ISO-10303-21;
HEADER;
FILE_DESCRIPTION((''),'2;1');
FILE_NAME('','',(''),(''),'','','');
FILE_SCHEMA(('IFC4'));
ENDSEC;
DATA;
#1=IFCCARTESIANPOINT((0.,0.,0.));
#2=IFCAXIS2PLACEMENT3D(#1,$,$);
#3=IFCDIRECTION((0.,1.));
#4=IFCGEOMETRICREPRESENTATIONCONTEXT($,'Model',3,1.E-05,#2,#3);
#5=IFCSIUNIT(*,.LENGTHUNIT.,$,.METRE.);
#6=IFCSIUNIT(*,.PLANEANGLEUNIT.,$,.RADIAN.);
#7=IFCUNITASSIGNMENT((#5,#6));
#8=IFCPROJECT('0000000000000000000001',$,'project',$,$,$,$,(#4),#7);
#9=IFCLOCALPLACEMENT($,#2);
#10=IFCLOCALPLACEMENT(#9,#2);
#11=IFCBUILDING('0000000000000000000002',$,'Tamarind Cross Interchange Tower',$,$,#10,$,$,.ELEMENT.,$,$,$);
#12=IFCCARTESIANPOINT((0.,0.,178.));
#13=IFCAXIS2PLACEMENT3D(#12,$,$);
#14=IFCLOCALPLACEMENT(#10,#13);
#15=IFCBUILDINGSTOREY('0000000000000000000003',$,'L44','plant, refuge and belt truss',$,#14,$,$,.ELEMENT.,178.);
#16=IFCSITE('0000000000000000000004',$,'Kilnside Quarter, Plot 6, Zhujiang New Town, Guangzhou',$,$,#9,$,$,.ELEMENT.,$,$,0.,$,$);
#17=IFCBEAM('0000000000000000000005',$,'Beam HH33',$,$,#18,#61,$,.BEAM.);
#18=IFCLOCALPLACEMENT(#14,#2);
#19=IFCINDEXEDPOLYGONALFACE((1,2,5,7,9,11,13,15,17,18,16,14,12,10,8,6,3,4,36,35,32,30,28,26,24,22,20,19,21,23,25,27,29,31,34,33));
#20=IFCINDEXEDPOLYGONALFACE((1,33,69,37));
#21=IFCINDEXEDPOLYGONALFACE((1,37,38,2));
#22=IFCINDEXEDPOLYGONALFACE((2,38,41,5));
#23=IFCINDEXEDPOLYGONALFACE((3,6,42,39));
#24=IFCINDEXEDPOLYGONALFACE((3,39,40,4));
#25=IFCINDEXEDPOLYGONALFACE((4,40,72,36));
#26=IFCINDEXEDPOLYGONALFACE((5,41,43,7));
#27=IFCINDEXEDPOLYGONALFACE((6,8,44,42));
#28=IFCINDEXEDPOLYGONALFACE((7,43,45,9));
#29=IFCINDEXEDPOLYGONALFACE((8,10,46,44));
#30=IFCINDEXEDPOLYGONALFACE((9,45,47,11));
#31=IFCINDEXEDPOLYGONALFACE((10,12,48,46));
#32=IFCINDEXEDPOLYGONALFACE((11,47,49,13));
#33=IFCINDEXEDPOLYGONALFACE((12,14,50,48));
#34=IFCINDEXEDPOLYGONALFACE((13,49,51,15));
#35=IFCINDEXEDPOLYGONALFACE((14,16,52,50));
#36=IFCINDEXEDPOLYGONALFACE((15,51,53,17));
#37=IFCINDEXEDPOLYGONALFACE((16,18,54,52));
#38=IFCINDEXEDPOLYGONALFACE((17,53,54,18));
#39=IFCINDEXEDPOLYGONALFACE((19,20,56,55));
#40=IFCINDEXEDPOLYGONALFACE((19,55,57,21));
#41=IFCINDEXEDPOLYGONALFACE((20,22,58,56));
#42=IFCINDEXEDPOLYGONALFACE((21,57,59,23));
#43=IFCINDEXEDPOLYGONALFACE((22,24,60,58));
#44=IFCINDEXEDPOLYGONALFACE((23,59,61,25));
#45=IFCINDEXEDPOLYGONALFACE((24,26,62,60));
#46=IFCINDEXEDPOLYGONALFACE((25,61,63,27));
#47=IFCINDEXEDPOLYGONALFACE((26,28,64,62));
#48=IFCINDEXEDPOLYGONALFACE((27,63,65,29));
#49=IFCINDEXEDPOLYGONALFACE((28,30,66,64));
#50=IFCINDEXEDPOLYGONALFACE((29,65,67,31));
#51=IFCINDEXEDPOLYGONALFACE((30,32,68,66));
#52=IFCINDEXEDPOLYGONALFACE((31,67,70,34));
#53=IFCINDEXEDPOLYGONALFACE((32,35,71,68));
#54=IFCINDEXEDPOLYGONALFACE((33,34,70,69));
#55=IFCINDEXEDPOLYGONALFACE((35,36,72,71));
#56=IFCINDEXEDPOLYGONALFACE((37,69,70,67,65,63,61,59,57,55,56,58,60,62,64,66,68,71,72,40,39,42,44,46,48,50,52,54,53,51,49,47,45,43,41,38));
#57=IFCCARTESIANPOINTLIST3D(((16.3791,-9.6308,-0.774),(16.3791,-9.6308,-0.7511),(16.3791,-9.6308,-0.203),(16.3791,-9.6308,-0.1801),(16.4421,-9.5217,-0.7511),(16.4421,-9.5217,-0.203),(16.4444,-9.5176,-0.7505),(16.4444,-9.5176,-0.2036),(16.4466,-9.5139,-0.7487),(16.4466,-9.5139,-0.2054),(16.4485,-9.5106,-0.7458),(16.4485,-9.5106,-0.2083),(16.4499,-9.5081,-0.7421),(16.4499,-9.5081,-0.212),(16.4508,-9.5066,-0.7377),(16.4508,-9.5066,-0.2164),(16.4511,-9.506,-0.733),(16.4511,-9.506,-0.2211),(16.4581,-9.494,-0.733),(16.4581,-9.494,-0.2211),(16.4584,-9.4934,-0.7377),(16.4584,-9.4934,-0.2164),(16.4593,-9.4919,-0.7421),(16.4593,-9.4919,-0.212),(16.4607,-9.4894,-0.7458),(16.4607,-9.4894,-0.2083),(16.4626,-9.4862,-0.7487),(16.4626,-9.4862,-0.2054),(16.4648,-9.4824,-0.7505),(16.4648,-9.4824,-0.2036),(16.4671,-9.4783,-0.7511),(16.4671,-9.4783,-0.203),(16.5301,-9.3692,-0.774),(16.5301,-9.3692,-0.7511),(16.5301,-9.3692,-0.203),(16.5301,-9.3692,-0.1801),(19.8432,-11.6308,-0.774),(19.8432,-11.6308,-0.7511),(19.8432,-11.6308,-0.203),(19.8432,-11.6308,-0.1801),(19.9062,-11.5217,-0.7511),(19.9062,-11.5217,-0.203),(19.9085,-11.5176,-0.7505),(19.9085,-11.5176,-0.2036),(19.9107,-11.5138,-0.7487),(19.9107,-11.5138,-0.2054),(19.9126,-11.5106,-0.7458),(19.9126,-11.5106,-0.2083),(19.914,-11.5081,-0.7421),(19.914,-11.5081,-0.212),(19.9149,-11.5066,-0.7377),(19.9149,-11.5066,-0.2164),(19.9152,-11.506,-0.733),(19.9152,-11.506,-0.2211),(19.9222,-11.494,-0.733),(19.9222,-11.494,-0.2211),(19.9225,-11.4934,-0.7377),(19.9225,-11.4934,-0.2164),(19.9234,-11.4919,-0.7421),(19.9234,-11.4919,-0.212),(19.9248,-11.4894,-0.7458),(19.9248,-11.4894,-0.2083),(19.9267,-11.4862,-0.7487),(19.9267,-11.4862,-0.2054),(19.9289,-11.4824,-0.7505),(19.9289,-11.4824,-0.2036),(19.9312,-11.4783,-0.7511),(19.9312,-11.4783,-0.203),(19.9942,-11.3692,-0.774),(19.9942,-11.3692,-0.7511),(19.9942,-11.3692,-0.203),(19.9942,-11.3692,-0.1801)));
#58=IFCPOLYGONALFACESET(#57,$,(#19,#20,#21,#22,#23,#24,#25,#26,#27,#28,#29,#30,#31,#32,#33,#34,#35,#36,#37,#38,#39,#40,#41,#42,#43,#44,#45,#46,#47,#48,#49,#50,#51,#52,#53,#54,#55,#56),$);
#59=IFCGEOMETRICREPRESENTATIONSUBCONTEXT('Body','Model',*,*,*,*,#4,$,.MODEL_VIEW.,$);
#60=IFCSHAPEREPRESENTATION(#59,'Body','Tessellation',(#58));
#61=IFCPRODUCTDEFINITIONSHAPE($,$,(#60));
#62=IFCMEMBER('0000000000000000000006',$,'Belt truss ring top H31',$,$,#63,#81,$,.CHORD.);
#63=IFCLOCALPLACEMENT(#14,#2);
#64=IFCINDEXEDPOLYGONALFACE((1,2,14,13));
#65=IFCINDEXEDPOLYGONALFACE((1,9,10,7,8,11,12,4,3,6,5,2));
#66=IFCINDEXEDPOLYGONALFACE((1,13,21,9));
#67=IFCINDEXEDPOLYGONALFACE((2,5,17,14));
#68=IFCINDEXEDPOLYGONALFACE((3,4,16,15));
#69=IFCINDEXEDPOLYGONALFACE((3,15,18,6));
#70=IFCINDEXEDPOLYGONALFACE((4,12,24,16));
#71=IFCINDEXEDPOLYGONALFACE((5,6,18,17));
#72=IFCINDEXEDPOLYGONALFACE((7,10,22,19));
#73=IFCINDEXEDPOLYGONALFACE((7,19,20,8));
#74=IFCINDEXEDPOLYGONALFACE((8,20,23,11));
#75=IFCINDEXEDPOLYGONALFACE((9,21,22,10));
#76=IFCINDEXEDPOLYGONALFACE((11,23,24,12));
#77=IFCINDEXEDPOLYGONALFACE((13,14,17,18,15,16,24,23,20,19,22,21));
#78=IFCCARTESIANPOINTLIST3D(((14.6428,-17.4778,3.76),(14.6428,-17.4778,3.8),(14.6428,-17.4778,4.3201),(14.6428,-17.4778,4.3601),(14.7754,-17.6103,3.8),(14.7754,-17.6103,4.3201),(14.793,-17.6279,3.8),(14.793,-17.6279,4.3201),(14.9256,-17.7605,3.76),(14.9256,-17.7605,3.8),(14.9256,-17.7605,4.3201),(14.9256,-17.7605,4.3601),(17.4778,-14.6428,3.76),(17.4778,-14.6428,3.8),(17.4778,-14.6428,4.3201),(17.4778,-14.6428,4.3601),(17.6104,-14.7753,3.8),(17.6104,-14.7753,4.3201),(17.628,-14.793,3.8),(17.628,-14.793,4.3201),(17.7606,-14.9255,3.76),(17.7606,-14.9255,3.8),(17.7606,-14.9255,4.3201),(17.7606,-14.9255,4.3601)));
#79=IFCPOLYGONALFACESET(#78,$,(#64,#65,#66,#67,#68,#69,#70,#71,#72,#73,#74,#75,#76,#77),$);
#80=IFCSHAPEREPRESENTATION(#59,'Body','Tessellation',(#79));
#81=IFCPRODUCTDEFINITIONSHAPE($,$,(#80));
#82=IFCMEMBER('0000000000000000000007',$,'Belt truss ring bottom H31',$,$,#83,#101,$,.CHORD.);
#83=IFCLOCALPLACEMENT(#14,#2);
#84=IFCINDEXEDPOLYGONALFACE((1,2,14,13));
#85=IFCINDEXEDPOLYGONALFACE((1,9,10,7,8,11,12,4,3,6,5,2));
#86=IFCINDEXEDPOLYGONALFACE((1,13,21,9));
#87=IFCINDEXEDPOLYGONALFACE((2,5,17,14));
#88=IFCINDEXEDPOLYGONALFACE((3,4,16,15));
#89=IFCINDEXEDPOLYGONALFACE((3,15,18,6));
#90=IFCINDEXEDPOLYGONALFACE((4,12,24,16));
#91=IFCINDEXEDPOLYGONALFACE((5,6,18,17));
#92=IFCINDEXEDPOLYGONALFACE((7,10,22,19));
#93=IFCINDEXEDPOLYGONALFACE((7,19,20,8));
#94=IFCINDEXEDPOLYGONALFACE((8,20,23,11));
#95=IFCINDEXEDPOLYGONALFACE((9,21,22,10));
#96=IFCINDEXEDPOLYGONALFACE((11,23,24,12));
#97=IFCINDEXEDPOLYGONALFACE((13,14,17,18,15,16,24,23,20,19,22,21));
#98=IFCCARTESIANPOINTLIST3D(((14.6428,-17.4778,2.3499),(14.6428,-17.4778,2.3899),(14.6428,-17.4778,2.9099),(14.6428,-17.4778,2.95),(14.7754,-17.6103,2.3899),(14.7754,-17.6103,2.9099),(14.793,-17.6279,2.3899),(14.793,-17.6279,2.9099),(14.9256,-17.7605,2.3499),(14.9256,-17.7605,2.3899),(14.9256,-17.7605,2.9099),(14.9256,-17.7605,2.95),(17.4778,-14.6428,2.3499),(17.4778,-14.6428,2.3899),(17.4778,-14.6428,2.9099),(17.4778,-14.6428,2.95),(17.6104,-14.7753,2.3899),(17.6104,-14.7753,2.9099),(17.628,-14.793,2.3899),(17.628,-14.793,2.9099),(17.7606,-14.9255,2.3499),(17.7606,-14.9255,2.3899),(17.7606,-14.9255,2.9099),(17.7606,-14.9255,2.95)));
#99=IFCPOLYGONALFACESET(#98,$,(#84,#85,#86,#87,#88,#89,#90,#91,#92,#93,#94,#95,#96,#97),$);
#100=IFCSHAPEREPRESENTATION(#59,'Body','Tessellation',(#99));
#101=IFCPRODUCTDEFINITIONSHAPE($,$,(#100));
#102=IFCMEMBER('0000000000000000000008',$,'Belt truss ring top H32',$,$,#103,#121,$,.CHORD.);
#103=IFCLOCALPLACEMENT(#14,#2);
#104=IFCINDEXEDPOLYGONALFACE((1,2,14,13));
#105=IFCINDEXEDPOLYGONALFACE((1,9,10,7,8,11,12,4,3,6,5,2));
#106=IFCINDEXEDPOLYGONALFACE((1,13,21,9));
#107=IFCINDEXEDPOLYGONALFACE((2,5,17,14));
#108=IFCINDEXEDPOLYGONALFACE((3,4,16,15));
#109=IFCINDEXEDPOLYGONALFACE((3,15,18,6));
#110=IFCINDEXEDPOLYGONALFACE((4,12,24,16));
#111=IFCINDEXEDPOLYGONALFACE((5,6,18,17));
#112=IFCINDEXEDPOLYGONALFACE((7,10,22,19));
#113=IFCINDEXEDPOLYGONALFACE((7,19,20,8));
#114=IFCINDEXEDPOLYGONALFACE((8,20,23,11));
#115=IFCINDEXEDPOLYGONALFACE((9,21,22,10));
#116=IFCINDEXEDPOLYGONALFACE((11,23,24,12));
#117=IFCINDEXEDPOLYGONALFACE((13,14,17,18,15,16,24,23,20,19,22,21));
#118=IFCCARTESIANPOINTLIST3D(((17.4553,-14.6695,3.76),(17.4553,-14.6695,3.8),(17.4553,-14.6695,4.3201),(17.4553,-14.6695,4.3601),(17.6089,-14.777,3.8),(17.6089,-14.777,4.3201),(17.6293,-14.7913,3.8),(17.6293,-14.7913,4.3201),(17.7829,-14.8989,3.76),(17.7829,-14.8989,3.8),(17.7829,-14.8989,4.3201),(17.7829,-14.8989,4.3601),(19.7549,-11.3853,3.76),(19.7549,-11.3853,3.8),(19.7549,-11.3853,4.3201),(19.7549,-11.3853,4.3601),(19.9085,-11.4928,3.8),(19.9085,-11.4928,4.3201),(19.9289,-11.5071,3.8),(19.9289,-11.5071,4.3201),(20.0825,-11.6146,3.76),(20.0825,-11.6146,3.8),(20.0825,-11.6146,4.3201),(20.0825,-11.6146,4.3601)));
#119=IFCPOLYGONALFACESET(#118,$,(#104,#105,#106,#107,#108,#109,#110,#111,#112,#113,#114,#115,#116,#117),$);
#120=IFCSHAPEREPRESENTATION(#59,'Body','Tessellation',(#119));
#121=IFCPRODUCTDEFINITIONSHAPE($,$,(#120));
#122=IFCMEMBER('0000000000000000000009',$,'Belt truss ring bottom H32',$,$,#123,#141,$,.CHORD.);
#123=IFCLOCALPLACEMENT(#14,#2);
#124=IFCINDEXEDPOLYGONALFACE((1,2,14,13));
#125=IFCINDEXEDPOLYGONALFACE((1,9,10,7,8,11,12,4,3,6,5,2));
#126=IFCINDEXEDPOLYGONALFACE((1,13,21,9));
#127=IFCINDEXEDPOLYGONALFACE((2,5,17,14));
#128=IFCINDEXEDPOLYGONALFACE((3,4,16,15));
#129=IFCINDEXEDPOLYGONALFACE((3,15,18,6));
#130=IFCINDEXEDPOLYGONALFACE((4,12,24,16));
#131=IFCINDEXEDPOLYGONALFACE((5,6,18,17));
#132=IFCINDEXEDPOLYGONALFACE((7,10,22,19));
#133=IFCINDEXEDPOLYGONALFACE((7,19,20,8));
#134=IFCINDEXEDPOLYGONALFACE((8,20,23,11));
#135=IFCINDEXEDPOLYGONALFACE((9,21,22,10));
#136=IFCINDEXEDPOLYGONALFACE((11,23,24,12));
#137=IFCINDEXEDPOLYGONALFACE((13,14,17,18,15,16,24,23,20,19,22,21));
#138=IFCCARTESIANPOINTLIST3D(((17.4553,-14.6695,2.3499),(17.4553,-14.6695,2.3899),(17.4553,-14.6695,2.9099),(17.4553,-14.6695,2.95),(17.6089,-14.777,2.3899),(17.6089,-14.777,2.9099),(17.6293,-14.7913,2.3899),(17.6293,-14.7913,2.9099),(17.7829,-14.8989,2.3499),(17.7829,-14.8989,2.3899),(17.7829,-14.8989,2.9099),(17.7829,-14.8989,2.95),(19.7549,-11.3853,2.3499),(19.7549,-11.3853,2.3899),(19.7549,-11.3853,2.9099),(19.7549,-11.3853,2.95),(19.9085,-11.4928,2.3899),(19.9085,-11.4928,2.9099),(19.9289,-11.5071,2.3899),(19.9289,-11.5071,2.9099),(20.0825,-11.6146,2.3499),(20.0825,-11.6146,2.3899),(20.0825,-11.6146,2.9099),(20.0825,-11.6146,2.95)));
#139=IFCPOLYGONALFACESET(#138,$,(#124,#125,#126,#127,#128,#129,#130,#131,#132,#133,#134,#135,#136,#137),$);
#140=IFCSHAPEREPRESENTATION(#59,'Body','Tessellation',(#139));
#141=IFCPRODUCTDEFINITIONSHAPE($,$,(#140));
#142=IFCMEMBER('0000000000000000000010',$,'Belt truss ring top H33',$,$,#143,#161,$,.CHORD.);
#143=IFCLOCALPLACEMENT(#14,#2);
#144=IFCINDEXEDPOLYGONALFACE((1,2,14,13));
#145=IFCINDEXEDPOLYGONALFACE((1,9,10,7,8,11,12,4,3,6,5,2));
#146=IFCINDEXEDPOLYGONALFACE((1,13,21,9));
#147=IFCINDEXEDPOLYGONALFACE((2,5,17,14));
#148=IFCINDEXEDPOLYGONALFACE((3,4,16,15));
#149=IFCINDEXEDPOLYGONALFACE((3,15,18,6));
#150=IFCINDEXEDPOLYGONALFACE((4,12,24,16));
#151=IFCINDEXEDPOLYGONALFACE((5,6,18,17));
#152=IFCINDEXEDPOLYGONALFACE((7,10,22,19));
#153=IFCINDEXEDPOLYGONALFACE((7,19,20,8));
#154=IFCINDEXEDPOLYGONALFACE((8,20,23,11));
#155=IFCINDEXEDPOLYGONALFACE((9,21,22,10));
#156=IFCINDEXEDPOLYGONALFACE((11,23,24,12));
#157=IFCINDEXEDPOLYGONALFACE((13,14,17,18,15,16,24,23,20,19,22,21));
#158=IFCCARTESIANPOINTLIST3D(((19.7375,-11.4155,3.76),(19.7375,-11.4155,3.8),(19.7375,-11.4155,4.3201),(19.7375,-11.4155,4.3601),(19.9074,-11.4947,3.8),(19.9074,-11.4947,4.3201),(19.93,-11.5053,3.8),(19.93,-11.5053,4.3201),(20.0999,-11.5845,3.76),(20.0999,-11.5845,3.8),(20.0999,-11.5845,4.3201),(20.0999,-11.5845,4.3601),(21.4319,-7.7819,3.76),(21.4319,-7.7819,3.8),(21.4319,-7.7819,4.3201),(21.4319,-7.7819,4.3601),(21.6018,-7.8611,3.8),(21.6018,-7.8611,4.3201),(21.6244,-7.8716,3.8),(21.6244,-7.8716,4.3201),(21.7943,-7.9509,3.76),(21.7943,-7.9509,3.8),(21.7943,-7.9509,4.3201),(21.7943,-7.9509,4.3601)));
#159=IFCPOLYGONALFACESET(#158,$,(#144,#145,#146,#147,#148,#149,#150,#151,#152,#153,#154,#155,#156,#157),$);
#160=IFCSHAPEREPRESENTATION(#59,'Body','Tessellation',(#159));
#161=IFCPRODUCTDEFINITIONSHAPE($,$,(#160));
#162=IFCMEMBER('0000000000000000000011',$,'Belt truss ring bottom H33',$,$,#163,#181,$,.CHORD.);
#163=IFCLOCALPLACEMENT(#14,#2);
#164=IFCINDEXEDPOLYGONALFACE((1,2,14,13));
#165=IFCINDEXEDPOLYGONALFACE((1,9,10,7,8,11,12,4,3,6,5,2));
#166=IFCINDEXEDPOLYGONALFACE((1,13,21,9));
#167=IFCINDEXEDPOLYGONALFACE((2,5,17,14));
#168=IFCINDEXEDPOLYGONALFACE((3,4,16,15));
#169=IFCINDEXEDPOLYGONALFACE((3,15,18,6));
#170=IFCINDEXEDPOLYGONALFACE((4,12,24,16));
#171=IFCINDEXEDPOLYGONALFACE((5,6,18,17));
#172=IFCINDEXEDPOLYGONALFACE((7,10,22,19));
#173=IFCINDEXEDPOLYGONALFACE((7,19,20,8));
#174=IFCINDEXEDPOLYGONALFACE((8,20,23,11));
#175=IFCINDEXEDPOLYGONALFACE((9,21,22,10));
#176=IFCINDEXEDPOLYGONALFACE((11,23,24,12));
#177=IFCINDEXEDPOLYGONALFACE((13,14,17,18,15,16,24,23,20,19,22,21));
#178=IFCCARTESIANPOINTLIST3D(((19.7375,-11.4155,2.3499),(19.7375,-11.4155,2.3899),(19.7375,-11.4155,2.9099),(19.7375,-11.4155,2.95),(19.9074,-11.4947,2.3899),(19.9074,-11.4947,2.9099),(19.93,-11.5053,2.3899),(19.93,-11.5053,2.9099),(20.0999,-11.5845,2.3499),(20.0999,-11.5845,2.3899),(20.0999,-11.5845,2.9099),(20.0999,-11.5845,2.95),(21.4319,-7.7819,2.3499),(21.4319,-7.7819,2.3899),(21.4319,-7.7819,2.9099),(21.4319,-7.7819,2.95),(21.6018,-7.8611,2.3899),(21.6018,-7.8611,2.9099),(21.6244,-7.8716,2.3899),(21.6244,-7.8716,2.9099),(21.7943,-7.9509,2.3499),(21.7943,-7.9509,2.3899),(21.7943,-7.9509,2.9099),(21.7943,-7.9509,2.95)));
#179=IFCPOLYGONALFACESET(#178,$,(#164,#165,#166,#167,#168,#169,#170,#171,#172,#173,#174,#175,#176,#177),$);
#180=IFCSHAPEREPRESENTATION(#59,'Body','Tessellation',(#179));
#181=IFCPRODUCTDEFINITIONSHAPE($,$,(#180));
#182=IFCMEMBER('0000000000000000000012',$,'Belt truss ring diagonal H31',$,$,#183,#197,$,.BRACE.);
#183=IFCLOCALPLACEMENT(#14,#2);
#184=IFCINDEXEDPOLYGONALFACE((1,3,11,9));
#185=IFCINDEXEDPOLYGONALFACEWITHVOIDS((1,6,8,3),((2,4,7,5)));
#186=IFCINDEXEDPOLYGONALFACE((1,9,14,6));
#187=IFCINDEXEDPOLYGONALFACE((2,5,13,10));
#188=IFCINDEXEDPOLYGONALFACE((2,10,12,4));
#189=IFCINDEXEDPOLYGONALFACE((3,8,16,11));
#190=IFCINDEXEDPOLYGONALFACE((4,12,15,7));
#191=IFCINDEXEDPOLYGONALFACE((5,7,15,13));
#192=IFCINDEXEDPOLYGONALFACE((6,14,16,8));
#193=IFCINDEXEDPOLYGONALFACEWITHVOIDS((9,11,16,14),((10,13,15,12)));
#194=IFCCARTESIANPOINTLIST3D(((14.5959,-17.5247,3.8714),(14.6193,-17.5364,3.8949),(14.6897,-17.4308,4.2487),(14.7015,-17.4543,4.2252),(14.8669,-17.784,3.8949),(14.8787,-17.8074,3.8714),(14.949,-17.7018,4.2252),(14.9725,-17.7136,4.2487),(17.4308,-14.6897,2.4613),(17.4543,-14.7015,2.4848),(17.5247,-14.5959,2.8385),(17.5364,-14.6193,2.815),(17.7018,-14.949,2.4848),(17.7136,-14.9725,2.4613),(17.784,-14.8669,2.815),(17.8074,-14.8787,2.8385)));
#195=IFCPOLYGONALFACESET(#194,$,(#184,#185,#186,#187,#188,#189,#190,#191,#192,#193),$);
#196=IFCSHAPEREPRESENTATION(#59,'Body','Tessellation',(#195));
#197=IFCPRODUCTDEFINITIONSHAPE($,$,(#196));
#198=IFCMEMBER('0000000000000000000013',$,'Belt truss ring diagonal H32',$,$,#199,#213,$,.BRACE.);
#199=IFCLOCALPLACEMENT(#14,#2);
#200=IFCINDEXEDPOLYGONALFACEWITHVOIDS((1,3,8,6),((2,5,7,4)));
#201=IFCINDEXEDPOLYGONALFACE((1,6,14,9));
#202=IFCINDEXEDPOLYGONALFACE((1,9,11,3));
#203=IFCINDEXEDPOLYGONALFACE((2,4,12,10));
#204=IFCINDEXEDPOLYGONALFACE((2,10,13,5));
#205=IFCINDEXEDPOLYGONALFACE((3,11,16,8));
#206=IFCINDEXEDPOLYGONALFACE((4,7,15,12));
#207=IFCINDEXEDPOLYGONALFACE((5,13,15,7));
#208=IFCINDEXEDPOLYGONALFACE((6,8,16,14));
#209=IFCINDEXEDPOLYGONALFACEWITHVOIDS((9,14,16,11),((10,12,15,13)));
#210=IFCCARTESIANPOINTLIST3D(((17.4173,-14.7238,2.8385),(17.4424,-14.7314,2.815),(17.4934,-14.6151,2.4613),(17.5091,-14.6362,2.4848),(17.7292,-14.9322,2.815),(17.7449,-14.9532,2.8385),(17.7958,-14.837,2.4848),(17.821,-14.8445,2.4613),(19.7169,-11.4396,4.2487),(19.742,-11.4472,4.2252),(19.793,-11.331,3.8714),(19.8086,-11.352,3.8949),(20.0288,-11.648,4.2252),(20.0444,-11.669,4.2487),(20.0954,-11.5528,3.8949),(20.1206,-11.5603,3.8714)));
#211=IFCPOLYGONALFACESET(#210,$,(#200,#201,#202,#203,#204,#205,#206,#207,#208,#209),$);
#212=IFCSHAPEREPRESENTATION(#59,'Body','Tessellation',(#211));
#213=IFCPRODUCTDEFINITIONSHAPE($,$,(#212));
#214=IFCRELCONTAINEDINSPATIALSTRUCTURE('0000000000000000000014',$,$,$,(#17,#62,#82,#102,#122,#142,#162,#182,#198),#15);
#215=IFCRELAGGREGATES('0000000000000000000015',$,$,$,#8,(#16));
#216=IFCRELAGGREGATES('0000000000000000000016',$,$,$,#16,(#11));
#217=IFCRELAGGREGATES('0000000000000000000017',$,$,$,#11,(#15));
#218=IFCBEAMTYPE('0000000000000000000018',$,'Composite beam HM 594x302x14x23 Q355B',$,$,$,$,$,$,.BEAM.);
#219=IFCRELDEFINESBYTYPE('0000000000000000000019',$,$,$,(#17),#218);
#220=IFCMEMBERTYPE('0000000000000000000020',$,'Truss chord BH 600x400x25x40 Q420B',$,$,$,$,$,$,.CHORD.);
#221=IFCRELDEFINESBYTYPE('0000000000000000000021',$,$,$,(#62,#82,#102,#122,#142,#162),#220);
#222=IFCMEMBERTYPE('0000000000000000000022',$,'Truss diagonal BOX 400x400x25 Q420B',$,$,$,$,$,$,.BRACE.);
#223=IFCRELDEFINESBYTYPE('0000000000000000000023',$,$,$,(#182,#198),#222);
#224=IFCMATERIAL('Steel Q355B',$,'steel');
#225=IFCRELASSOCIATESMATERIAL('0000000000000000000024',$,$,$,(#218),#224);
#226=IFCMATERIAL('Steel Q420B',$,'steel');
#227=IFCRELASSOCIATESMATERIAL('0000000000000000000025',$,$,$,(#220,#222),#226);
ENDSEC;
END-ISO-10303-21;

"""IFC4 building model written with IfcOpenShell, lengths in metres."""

from ifc_helpers import new_model, si_unit, direction, frame, origin, origin_2d, place, context, subcontext, project, spatial, hollow_rectangle, i_section, extrude, material, material_profile, profile_set, type_object, element, save


model = new_model("IFC4")

# Units and contexts
model_context = context("Model", 3, precision=1e-05, world=origin(), true_north=direction((0.0, 1.0)))
body_context = subcontext(model_context, "Body", "Model", "MODEL_VIEW")
ifc_project = project(units=[si_unit("LENGTHUNIT", "METRE"), si_unit("PLANEANGLEUNIT", "RADIAN")], contexts=[model_context])

# Site, building, storey
site_placement = place(None, origin())
site = spatial("IfcSite", under=ifc_project, at=site_placement, Name="Kilnside Quarter, Plot 6, Zhujiang New Town, Guangzhou", CompositionType="ELEMENT", RefElevation=0.0)
building_placement = place(site_placement, origin())
building = spatial("IfcBuilding", under=site, at=building_placement, Name="Tamarind Cross Interchange Tower", CompositionType="ELEMENT")
storey_placement = place(building_placement, frame((0.0, 0.0, 178.0)))
storey = spatial("IfcBuildingStorey", under=building, at=storey_placement, Name="L44", Description="plant, refuge and belt truss", CompositionType="ELEMENT", Elevation=178.0)

# Beam
ifc_material_1 = material(Name="Steel Q355B", Category="steel")
ifc_material_profile_1 = material_profile(ifc_material_1, i_section(OverallWidth=0.302, OverallDepth=0.594, WebThickness=0.0139, FlangeThickness=0.0229, FilletRadius=0.0181, at=origin_2d()), Name="HM 594x302x14x23")
ifc_profile_set_1 = profile_set([ifc_material_profile_1], Name="Steel Q355B")
beam_type = type_object("IfcBeamType", Name="Composite beam HM 594x302x14x23 Q355B", PredefinedType="BEAM", material=ifc_profile_set_1)
beam_1_placement = place(storey_placement, frame((19.9187, -11.5, -0.4771), z_axis=(-0.866026, 0.499999, 0.0), x_axis=(-0.499999, -0.866026, 0.0)))
element("IfcBeam", 1, at=beam_1_placement, inside=storey, type_object=beam_type, Name="Beam HH33", PredefinedType="BEAM", context=body_context, shape_type="SweptSolid", body=[
    extrude(i_section(OverallWidth=0.302, OverallDepth=0.594, WebThickness=0.0139, FlangeThickness=0.0229, FilletRadius=0.0181, at=origin_2d()), origin(), (0.0, 0.0, 1.0), 4.0),
])

# Members
ifc_material_2 = material(Name="Steel Q420B", Category="steel")
ifc_material_profile_2 = material_profile(ifc_material_2, i_section(OverallWidth=0.3999, OverallDepth=0.6001, WebThickness=0.0249, FlangeThickness=0.04, at=origin_2d()), Name="BH 600x400x25x40")
ifc_profile_set_2 = profile_set([ifc_material_profile_2], Name="Steel Q420B")
member_type_1 = type_object("IfcMemberType", Name="Truss chord BH 600x400x25x40 Q420B", PredefinedType="CHORD", material=ifc_profile_set_2)
for number, where, z_axis, x_axis, name in (
    (2, (14.7842, -17.6191, 4.0601), (0.707107, 0.707107, 0.0), (-0.707107, 0.707107, 0.0), "Belt truss ring top H31"),
    (3, (14.7842, -17.6191, 2.6499), (0.707107, 0.707107, 0.0), (-0.707107, 0.707107, 0.0), "Belt truss ring bottom H31"),
    (4, (17.6191, -14.7842, 4.0601), (0.573569, 0.819158, 0.0), (-0.819158, 0.573569, 0.0), "Belt truss ring top H32"),
    (5, (17.6191, -14.7842, 2.6499), (0.573569, 0.819158, 0.0), (-0.819158, 0.573569, 0.0), "Belt truss ring bottom H32"),
    (6, (19.9187, -11.5, 4.0601), (0.422615, 0.906309, 0.0), (-0.906309, 0.422615, 0.0), "Belt truss ring top H33"),
    (7, (19.9187, -11.5, 2.6499), (0.422615, 0.906309, 0.0), (-0.906309, 0.422615, 0.0), "Belt truss ring bottom H33"),
):
    element("IfcMember", number, at=place(storey_placement, frame(where, z_axis=z_axis, x_axis=x_axis)), inside=storey, type_object=member_type_1, Name=name, PredefinedType="CHORD", context=body_context, shape_type="SweptSolid", body=[
        extrude(i_section(OverallWidth=0.3999, OverallDepth=0.6001, WebThickness=0.0249, FlangeThickness=0.04, at=origin_2d()), origin(), (0.0, 0.0, 1.0), 4.0093),
    ])
ifc_material_profile_3 = material_profile(ifc_material_2, hollow_rectangle(XDim=0.3999, YDim=0.3999, WallThickness=0.0249, at=origin_2d()), Name="BOX 400x400x25")
ifc_profile_set_3 = profile_set([ifc_material_profile_3], Name="Steel Q420B")
member_type_2 = type_object("IfcMemberType", Name="Truss diagonal BOX 400x400x25 Q420B", PredefinedType="BRACE", material=ifc_profile_set_3)
for number, where, z_axis, x_axis, name in (
    (8, (14.7842, -17.6191, 4.0601), (0.667049, 0.667049, -0.331801), (-0.707107, 0.707107, 0.0), "Belt truss ring diagonal H31"),
    (9, (17.6191, -14.7842, 2.6499), (0.541075, 0.772751, 0.331803), (-0.819158, 0.573569, 0.0), "Belt truss ring diagonal H32"),
):
    element("IfcMember", number, at=place(storey_placement, frame(where, z_axis=z_axis, x_axis=x_axis)), inside=storey, type_object=member_type_2, Name=name, PredefinedType="BRACE", context=body_context, shape_type="SweptSolid", body=[
        extrude(hollow_rectangle(XDim=0.3999, YDim=0.3999, WallThickness=0.0249, at=origin_2d()), origin(), (0.0, 0.0, 1.0), 4.25),
    ])

save(model, "model.ifc")
